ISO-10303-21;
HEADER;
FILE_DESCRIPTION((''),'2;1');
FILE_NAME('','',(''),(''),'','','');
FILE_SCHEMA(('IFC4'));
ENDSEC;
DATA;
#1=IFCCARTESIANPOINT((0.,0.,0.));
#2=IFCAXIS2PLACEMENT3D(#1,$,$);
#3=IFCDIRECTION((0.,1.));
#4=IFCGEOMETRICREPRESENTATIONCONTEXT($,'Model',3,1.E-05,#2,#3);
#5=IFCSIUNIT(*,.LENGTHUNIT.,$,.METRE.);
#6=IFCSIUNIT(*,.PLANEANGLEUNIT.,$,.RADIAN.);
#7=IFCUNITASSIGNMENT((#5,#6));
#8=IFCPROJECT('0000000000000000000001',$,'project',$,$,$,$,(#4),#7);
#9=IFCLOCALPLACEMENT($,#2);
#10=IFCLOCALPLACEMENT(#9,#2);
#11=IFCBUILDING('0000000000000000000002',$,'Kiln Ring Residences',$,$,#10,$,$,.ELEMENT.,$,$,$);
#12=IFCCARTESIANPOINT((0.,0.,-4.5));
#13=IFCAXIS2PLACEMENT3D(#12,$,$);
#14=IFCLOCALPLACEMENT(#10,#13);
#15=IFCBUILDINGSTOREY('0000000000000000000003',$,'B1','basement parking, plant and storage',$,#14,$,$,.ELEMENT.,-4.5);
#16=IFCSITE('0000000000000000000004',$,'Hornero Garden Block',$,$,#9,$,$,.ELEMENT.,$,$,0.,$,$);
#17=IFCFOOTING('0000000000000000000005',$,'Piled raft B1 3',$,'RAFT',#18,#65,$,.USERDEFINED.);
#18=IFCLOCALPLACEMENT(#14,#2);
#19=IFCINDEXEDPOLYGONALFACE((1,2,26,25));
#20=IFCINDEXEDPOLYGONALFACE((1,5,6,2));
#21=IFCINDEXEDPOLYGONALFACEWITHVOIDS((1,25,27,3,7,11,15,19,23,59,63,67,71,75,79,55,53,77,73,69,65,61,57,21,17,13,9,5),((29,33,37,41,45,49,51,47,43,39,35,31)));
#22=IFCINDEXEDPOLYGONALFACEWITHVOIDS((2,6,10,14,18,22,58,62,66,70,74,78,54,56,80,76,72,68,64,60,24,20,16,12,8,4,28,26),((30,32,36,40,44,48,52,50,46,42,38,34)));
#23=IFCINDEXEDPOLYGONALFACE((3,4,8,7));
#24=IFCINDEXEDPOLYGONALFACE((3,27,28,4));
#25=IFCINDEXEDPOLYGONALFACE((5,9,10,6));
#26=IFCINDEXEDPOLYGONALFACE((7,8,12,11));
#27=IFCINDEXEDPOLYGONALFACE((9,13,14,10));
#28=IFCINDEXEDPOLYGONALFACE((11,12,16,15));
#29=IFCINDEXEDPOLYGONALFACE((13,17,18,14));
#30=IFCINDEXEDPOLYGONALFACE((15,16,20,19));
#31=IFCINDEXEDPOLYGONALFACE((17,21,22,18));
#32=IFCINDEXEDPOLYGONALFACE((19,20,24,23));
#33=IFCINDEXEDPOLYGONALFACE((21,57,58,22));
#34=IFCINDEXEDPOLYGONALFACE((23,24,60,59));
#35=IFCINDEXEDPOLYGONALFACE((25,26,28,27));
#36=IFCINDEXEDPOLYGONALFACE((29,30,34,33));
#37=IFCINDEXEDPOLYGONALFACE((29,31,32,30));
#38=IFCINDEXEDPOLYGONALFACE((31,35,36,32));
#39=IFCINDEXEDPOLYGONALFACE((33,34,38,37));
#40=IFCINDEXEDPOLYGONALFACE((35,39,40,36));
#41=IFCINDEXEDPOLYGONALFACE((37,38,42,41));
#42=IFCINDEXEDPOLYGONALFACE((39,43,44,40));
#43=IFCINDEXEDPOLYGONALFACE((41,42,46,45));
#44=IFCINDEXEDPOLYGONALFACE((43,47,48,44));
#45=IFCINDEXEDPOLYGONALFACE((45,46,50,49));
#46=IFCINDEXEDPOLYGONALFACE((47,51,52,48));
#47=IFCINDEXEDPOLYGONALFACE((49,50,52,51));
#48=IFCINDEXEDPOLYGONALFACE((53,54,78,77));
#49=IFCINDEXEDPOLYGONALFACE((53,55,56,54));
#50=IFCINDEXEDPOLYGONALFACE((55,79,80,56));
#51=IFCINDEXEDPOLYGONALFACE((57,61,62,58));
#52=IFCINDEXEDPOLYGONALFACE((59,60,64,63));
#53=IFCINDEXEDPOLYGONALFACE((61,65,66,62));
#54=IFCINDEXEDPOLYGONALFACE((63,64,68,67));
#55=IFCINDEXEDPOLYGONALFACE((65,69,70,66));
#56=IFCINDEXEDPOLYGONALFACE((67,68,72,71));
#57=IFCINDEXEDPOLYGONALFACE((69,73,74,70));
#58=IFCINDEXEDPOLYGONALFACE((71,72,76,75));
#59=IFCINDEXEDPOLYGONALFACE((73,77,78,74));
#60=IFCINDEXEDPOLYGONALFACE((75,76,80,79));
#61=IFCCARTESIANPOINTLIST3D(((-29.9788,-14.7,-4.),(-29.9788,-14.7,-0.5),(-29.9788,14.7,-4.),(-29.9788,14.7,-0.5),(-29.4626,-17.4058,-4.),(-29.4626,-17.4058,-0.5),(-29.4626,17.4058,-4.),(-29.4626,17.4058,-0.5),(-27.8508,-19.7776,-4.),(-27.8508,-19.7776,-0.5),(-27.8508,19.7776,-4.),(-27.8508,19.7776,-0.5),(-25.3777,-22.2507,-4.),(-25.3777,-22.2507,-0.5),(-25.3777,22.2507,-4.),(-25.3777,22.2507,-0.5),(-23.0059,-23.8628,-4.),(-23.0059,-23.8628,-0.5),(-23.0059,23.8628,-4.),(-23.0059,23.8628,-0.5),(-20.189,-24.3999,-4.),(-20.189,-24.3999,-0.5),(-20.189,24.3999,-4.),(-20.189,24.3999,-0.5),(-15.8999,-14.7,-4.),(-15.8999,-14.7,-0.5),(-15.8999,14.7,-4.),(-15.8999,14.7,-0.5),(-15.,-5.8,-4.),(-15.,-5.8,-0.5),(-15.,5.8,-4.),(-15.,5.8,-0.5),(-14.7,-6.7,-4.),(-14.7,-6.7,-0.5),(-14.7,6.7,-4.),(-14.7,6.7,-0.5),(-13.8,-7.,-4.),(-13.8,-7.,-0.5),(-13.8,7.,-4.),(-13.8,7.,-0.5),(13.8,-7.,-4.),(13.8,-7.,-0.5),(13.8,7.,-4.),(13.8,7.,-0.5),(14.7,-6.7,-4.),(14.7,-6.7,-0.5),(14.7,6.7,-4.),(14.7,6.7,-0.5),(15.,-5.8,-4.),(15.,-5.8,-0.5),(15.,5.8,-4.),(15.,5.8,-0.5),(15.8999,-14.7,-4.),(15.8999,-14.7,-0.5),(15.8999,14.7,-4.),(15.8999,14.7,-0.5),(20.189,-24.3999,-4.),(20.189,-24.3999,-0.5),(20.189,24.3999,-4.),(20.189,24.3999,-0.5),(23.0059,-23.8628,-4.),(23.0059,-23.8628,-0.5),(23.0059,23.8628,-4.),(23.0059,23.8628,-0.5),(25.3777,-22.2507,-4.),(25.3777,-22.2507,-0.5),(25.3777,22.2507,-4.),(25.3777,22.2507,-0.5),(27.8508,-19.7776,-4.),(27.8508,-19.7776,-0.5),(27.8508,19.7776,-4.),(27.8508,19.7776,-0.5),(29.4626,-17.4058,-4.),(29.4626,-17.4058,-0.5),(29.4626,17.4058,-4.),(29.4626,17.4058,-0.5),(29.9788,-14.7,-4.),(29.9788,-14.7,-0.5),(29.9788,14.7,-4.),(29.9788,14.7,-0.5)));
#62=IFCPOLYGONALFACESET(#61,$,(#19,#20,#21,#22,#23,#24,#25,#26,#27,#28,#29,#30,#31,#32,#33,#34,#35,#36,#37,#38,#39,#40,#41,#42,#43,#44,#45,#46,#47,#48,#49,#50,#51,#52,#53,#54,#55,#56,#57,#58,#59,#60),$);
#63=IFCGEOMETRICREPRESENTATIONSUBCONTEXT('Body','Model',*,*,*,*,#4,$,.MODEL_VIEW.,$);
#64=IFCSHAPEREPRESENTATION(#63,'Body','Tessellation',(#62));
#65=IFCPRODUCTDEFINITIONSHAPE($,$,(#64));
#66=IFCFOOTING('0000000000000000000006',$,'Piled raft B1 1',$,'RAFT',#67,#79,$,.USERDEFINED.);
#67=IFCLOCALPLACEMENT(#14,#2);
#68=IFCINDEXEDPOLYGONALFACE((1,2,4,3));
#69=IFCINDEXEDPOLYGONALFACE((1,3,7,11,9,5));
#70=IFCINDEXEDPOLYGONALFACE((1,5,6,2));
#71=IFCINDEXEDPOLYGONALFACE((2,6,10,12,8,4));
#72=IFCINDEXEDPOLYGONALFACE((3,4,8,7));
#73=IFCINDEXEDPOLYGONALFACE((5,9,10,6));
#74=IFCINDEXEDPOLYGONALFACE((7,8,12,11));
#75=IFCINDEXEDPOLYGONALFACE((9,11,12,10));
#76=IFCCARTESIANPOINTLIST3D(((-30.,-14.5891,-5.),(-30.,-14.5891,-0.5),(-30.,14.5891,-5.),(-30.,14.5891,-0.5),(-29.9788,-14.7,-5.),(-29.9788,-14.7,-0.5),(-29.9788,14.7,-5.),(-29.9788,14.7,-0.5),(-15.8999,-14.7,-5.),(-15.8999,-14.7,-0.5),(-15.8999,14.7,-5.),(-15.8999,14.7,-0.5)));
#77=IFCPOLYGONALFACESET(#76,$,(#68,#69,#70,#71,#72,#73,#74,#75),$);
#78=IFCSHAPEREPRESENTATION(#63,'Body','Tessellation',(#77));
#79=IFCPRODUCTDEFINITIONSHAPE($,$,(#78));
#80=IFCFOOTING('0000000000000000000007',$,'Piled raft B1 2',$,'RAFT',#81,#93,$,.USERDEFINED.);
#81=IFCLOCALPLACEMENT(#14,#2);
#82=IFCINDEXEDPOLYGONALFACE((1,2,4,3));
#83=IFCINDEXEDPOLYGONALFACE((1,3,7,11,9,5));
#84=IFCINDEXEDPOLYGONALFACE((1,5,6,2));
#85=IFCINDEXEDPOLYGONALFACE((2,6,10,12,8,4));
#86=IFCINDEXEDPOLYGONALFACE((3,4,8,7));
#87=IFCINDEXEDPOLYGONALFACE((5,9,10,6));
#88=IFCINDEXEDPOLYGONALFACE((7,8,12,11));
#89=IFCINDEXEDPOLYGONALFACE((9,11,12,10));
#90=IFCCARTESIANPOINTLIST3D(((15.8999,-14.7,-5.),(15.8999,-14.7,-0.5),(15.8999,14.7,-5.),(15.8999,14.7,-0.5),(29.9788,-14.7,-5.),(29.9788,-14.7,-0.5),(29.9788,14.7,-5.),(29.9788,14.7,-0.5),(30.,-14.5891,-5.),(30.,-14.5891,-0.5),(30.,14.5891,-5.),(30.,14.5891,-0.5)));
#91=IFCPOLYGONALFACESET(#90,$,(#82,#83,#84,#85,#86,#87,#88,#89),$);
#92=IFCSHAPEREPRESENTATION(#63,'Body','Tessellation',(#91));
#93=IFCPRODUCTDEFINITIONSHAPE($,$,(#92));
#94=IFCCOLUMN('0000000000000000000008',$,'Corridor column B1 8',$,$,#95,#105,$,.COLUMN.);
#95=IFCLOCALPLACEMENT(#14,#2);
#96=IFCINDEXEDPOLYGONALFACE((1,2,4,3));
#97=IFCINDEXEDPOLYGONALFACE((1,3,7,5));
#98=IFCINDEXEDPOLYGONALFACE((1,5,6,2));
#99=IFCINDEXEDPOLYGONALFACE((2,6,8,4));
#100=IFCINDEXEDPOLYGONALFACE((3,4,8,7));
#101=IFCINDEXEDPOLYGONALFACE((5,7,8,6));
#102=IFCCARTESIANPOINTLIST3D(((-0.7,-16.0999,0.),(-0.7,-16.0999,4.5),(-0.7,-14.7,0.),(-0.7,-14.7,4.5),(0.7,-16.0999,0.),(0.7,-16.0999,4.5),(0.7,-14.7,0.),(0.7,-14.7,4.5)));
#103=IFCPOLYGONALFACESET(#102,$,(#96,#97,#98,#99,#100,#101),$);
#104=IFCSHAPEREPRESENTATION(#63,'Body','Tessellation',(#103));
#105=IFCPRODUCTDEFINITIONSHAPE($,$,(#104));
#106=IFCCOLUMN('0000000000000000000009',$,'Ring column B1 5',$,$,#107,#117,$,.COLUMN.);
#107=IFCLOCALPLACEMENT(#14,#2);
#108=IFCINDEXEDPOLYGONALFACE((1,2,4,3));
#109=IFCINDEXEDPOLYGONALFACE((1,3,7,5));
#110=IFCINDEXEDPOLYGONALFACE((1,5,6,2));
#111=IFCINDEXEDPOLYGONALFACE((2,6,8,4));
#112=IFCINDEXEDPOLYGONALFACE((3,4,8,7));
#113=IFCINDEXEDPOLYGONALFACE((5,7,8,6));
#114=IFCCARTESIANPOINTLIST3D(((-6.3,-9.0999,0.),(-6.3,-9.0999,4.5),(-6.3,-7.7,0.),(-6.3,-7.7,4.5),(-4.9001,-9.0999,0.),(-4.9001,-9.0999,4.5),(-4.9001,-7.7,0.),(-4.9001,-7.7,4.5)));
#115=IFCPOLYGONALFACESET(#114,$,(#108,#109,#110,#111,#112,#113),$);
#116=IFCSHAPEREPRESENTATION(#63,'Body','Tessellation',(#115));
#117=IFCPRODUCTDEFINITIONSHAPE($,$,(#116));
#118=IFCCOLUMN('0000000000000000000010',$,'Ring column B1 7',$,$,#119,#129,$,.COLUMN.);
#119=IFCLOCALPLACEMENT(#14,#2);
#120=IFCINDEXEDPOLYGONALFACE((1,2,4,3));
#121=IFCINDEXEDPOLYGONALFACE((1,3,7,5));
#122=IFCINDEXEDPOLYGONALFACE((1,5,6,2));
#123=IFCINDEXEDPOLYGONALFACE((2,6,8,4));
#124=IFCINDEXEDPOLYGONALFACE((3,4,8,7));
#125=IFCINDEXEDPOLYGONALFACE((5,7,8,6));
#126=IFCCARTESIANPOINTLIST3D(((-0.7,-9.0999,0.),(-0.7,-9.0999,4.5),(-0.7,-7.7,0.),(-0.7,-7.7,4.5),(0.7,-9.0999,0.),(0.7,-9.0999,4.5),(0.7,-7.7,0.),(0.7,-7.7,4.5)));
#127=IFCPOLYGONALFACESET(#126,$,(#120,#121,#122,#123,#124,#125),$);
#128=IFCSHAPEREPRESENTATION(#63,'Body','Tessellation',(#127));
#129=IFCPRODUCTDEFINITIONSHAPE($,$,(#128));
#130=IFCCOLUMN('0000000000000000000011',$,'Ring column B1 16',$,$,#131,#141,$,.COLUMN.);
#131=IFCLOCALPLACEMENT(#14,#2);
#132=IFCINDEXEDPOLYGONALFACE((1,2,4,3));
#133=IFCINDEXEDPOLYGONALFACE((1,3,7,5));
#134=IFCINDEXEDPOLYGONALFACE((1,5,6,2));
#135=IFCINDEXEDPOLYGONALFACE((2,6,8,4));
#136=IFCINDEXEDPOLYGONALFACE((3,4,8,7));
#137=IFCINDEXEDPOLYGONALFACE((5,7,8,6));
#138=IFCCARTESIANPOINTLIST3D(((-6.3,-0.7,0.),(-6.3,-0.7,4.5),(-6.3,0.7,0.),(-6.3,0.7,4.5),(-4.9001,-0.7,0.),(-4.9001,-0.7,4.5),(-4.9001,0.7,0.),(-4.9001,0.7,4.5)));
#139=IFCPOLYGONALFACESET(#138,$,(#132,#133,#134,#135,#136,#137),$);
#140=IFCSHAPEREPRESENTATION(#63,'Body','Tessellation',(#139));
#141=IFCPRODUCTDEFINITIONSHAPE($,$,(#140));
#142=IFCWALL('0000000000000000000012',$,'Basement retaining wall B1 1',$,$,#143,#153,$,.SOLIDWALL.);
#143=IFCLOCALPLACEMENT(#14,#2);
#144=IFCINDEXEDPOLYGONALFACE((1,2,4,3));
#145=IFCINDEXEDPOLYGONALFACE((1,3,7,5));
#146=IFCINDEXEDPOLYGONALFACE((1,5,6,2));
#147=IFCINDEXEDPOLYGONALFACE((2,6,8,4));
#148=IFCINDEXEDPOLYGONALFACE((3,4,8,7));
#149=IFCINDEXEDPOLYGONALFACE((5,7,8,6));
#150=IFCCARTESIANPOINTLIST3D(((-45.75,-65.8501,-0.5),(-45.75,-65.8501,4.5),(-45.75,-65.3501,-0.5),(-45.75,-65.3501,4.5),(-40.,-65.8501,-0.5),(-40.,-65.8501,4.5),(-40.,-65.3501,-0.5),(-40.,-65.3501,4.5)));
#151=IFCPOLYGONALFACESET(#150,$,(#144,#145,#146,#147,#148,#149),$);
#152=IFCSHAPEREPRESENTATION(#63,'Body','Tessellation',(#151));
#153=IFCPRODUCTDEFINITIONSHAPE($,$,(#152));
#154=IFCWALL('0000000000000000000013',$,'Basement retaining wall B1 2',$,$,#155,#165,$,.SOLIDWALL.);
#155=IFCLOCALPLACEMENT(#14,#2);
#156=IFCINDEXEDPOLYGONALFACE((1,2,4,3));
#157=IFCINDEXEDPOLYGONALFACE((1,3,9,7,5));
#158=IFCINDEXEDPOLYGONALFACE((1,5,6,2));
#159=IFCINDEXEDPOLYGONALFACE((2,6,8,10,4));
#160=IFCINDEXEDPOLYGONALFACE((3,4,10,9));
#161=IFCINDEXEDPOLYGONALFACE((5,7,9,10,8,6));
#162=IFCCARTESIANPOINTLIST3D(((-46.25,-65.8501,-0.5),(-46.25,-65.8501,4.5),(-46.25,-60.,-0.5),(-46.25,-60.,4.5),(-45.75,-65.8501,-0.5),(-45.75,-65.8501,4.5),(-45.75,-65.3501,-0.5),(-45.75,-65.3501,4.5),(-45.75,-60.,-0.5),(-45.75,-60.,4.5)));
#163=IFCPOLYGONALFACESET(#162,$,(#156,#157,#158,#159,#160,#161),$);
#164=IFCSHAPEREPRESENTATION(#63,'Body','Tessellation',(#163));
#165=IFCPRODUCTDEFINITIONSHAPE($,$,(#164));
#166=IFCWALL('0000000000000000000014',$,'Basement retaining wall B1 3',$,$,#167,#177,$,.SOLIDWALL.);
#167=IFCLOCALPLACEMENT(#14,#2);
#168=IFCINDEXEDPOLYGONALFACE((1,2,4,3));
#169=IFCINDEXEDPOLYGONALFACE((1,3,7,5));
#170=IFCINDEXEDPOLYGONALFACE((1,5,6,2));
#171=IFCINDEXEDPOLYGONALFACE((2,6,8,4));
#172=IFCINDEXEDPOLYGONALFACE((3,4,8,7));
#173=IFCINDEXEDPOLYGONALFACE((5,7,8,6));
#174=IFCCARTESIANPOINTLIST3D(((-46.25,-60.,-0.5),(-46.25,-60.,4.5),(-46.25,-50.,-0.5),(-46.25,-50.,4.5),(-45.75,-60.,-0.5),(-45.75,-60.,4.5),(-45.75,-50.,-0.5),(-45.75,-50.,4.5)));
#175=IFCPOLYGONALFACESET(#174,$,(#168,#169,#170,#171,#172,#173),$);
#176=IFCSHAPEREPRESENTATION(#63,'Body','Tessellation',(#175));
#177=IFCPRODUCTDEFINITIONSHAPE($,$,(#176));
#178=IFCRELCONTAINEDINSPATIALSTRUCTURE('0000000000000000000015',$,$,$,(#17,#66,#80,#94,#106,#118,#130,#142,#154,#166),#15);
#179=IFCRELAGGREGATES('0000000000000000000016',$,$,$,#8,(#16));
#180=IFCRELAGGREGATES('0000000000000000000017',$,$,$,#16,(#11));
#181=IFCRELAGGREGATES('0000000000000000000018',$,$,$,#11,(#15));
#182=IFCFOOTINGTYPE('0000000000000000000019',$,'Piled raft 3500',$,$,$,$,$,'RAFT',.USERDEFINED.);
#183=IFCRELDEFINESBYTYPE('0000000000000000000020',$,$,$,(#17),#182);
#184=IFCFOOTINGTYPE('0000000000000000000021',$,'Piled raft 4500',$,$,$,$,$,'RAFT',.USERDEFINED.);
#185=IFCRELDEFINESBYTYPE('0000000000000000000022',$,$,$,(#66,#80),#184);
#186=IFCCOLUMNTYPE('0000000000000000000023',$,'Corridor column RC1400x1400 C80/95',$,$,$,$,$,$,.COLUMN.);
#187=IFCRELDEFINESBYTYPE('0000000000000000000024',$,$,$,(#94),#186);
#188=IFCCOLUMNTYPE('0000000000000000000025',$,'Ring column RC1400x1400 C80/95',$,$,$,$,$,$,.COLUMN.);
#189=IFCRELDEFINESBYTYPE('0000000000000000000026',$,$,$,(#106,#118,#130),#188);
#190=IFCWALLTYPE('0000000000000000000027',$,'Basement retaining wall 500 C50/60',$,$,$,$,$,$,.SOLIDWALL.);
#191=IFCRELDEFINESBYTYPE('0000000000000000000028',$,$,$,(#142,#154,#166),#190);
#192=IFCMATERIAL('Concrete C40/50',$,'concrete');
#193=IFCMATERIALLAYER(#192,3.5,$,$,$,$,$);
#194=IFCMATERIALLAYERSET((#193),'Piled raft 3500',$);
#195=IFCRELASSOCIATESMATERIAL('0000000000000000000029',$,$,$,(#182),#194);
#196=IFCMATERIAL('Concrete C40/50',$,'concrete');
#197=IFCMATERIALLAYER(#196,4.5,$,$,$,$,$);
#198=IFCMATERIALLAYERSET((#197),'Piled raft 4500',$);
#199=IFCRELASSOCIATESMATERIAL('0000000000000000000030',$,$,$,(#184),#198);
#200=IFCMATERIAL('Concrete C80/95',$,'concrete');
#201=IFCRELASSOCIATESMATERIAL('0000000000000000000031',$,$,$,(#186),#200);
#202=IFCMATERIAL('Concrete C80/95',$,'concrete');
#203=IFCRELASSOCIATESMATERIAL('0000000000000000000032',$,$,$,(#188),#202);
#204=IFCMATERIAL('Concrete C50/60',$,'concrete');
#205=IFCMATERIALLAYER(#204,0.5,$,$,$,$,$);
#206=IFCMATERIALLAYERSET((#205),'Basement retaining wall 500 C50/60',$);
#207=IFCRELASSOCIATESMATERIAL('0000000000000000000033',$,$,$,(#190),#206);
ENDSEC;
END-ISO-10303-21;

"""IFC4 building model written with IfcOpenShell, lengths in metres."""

from ifc_helpers import new_model, si_unit, direction, frame, origin, origin_2d, place, context, subcontext, project, spatial, polyline, rectangle, outline, extrude, material, layer, layer_set, material_profile, profile_set, type_object, element, save


model = new_model("IFC4")

# Units and contexts
model_context = context("Model", 3, precision=1e-05, world=origin(), true_north=direction((0.0, 1.0)))
body_context = subcontext(model_context, "Body", "Model", "MODEL_VIEW")
ifc_project = project(units=[si_unit("LENGTHUNIT", "METRE"), si_unit("PLANEANGLEUNIT", "RADIAN")], contexts=[model_context])

# Site, building, storey
site_placement = place(None, origin())
site = spatial("IfcSite", under=ifc_project, at=site_placement, Name="Hornero Garden Block", CompositionType="ELEMENT", RefElevation=0.0)
building_placement = place(site_placement, origin())
building = spatial("IfcBuilding", under=site, at=building_placement, Name="Kiln Ring Residences", CompositionType="ELEMENT")
storey_placement = place(building_placement, frame((0.0, 0.0, -4.5)))
storey = spatial("IfcBuildingStorey", under=building, at=storey_placement, Name="B1", Description="basement parking, plant and storage", CompositionType="ELEMENT", Elevation=-4.5)

# Footings
ifc_material_1 = material(Name="Concrete C40/50", Category="concrete")
ifc_layer_1 = layer(ifc_material_1, 3.5)
ifc_layer_set_1 = layer_set([ifc_layer_1], Name="Piled raft 3500")
footing_type_1 = type_object("IfcFootingType", Name="Piled raft 3500", ElementType="RAFT", PredefinedType="USERDEFINED", material=ifc_layer_set_1)
footing_1_placement = place(storey_placement, frame((0.0, 0.0, -4.0)))
element("IfcFooting", 1, at=footing_1_placement, inside=storey, type_object=footing_type_1, Name="Piled raft B1 3", ObjectType="RAFT", PredefinedType="USERDEFINED", context=body_context, shape_type="SweptSolid", body=[
    extrude(outline(polyline([(-27.8508, -19.7776), (-25.3777, -22.2507), (-23.0059, -23.8628), (-20.189, -24.3999), (20.189, -24.3999), (23.0059, -23.8628), (25.3777, -22.2507), (27.8508, -19.7776), (29.4626, -17.4058), (29.9788, -14.7), (15.8999, -14.7), (15.8999, 14.7), (29.9788, 14.7), (29.4626, 17.4058), (27.8508, 19.7776), (25.3777, 22.2507), (23.0059, 23.8628), (20.189, 24.3999), (-20.189, 24.3999), (-23.0059, 23.8628), (-25.3777, 22.2507), (-27.8508, 19.7776), (-29.4626, 17.4058), (-29.9788, 14.7), (-15.8999, 14.7), (-15.8999, -14.7), (-29.9788, -14.7), (-29.4626, -17.4058), (-27.8508, -19.7776)]), holes=[polyline([(-14.7, -6.7), (-15.0, -5.8), (-15.0, 5.8), (-14.7, 6.7), (-13.8, 7.0), (13.8, 7.0), (14.7, 6.7), (15.0, 5.8), (15.0, -5.8), (14.7, -6.7), (13.8, -7.0), (-13.8, -7.0), (-14.7, -6.7)])]), origin(), (0.0, 0.0, 1.0), 3.5),
])
ifc_material_2 = material(Name="Concrete C40/50", Category="concrete")
ifc_layer_2 = layer(ifc_material_2, 4.5)
ifc_layer_set_2 = layer_set([ifc_layer_2], Name="Piled raft 4500")
footing_type_2 = type_object("IfcFootingType", Name="Piled raft 4500", ElementType="RAFT", PredefinedType="USERDEFINED", material=ifc_layer_set_2)
placement_1 = place(storey_placement, frame((0.0, 0.0, -5.0)))
element("IfcFooting", 2, at=placement_1, inside=storey, type_object=footing_type_2, Name="Piled raft B1 1", ObjectType="RAFT", PredefinedType="USERDEFINED", context=body_context, shape_type="SweptSolid", body=[
    extrude(outline(polyline([(-29.9788, -14.7), (-15.8999, -14.7), (-15.8999, 14.7), (-29.9788, 14.7), (-30.0, 14.5891), (-30.0, -14.5891), (-29.9788, -14.7)])), origin(), (0.0, 0.0, 1.0), 4.5),
])
element("IfcFooting", 3, at=placement_1, inside=storey, type_object=footing_type_2, Name="Piled raft B1 2", ObjectType="RAFT", PredefinedType="USERDEFINED", context=body_context, shape_type="SweptSolid", body=[
    extrude(outline(polyline([(29.9788, 14.7), (15.8999, 14.7), (15.8999, -14.7), (29.9788, -14.7), (30.0, -14.5891), (30.0, 14.5891), (29.9788, 14.7)])), origin(), (0.0, 0.0, 1.0), 4.5),
])

# Columns
ifc_material_3 = material(Name="Concrete C80/95", Category="concrete")
ifc_material_profile_1 = material_profile(ifc_material_3, rectangle(XDim=1.3999, YDim=1.3999, at=origin_2d()), Name="RC1400x1400")
ifc_profile_set_1 = profile_set([ifc_material_profile_1], Name="Concrete C80/95")
column_type_1 = type_object("IfcColumnType", Name="Corridor column RC1400x1400 C80/95", PredefinedType="COLUMN", material=ifc_profile_set_1)
column_placement = place(storey_placement, frame((0.0, -15.3999, 0.0), z_axis=(0.0, 0.0, 1.0), x_axis=(1.0, 0.0, 0.0)))
element("IfcColumn", 4, at=column_placement, inside=storey, type_object=column_type_1, Name="Corridor column B1 8", PredefinedType="COLUMN", context=body_context, shape_type="SweptSolid", body=[
    extrude(rectangle(XDim=1.3999, YDim=1.3999, at=origin_2d()), origin(), (0.0, 0.0, 1.0), 4.5),
])
ifc_material_4 = material(Name="Concrete C80/95", Category="concrete")
ifc_material_profile_2 = material_profile(ifc_material_4, rectangle(XDim=1.3999, YDim=1.3999, at=origin_2d()), Name="RC1400x1400")
ifc_profile_set_2 = profile_set([ifc_material_profile_2], Name="Concrete C80/95")
column_type_2 = type_object("IfcColumnType", Name="Ring column RC1400x1400 C80/95", PredefinedType="COLUMN", material=ifc_profile_set_2)
for number, where, z_axis, x_axis, name in (
    (5, (-5.6001, -8.3999, 0.0), (0.0, 0.0, 1.0), (1.0, 0.0, 0.0), "Ring column B1 5"),
    (6, (0.0, -8.3999, 0.0), (0.0, 0.0, 1.0), (1.0, 0.0, 0.0), "Ring column B1 7"),
    (7, (-5.6001, 0.0, 0.0), (0.0, 0.0, 1.0), (1.0, 0.0, 0.0), "Ring column B1 16"),
):
    element("IfcColumn", number, at=place(storey_placement, frame(where, z_axis=z_axis, x_axis=x_axis)), inside=storey, type_object=column_type_2, Name=name, PredefinedType="COLUMN", context=body_context, shape_type="SweptSolid", body=[
        extrude(rectangle(XDim=1.3999, YDim=1.3999, at=origin_2d()), origin(), (0.0, 0.0, 1.0), 4.5),
    ])

# Walls
ifc_material_5 = material(Name="Concrete C50/60", Category="concrete")
ifc_layer_3 = layer(ifc_material_5, 0.5)
ifc_layer_set_3 = layer_set([ifc_layer_3], Name="Basement retaining wall 500 C50/60")
wall_type_1 = type_object("IfcWallType", Name="Basement retaining wall 500 C50/60", PredefinedType="SOLIDWALL", material=ifc_layer_set_3)
placement_2 = place(storey_placement, frame((0.0, 0.0, -0.5)))
element("IfcWall", 8, at=placement_2, inside=storey, type_object=wall_type_1, Name="Basement retaining wall B1 1", PredefinedType="SOLIDWALL", context=body_context, shape_type="SweptSolid", body=[
    extrude(outline(polyline([(-45.75, -65.3501), (-45.75, -65.8501), (-40.0, -65.8501), (-40.0, -65.3501), (-45.75, -65.3501)])), origin(), (0.0, 0.0, 1.0), 5.0),
])
element("IfcWall", 9, at=placement_2, inside=storey, type_object=wall_type_1, Name="Basement retaining wall B1 2", PredefinedType="SOLIDWALL", context=body_context, shape_type="SweptSolid", body=[
    extrude(outline(polyline([(-46.25, -65.8501), (-45.75, -65.8501), (-45.75, -65.3501), (-45.75, -60.0), (-46.25, -60.0), (-46.25, -65.8501)])), origin(), (0.0, 0.0, 1.0), 5.0),
])
element("IfcWall", 10, at=placement_2, inside=storey, type_object=wall_type_1, Name="Basement retaining wall B1 3", PredefinedType="SOLIDWALL", context=body_context, shape_type="SweptSolid", body=[
    extrude(outline(polyline([(-46.25, -60.0), (-45.75, -60.0), (-45.75, -50.0), (-46.25, -50.0), (-46.25, -60.0)])), origin(), (0.0, 0.0, 1.0), 5.0),
])

save(model, "model.ifc")
